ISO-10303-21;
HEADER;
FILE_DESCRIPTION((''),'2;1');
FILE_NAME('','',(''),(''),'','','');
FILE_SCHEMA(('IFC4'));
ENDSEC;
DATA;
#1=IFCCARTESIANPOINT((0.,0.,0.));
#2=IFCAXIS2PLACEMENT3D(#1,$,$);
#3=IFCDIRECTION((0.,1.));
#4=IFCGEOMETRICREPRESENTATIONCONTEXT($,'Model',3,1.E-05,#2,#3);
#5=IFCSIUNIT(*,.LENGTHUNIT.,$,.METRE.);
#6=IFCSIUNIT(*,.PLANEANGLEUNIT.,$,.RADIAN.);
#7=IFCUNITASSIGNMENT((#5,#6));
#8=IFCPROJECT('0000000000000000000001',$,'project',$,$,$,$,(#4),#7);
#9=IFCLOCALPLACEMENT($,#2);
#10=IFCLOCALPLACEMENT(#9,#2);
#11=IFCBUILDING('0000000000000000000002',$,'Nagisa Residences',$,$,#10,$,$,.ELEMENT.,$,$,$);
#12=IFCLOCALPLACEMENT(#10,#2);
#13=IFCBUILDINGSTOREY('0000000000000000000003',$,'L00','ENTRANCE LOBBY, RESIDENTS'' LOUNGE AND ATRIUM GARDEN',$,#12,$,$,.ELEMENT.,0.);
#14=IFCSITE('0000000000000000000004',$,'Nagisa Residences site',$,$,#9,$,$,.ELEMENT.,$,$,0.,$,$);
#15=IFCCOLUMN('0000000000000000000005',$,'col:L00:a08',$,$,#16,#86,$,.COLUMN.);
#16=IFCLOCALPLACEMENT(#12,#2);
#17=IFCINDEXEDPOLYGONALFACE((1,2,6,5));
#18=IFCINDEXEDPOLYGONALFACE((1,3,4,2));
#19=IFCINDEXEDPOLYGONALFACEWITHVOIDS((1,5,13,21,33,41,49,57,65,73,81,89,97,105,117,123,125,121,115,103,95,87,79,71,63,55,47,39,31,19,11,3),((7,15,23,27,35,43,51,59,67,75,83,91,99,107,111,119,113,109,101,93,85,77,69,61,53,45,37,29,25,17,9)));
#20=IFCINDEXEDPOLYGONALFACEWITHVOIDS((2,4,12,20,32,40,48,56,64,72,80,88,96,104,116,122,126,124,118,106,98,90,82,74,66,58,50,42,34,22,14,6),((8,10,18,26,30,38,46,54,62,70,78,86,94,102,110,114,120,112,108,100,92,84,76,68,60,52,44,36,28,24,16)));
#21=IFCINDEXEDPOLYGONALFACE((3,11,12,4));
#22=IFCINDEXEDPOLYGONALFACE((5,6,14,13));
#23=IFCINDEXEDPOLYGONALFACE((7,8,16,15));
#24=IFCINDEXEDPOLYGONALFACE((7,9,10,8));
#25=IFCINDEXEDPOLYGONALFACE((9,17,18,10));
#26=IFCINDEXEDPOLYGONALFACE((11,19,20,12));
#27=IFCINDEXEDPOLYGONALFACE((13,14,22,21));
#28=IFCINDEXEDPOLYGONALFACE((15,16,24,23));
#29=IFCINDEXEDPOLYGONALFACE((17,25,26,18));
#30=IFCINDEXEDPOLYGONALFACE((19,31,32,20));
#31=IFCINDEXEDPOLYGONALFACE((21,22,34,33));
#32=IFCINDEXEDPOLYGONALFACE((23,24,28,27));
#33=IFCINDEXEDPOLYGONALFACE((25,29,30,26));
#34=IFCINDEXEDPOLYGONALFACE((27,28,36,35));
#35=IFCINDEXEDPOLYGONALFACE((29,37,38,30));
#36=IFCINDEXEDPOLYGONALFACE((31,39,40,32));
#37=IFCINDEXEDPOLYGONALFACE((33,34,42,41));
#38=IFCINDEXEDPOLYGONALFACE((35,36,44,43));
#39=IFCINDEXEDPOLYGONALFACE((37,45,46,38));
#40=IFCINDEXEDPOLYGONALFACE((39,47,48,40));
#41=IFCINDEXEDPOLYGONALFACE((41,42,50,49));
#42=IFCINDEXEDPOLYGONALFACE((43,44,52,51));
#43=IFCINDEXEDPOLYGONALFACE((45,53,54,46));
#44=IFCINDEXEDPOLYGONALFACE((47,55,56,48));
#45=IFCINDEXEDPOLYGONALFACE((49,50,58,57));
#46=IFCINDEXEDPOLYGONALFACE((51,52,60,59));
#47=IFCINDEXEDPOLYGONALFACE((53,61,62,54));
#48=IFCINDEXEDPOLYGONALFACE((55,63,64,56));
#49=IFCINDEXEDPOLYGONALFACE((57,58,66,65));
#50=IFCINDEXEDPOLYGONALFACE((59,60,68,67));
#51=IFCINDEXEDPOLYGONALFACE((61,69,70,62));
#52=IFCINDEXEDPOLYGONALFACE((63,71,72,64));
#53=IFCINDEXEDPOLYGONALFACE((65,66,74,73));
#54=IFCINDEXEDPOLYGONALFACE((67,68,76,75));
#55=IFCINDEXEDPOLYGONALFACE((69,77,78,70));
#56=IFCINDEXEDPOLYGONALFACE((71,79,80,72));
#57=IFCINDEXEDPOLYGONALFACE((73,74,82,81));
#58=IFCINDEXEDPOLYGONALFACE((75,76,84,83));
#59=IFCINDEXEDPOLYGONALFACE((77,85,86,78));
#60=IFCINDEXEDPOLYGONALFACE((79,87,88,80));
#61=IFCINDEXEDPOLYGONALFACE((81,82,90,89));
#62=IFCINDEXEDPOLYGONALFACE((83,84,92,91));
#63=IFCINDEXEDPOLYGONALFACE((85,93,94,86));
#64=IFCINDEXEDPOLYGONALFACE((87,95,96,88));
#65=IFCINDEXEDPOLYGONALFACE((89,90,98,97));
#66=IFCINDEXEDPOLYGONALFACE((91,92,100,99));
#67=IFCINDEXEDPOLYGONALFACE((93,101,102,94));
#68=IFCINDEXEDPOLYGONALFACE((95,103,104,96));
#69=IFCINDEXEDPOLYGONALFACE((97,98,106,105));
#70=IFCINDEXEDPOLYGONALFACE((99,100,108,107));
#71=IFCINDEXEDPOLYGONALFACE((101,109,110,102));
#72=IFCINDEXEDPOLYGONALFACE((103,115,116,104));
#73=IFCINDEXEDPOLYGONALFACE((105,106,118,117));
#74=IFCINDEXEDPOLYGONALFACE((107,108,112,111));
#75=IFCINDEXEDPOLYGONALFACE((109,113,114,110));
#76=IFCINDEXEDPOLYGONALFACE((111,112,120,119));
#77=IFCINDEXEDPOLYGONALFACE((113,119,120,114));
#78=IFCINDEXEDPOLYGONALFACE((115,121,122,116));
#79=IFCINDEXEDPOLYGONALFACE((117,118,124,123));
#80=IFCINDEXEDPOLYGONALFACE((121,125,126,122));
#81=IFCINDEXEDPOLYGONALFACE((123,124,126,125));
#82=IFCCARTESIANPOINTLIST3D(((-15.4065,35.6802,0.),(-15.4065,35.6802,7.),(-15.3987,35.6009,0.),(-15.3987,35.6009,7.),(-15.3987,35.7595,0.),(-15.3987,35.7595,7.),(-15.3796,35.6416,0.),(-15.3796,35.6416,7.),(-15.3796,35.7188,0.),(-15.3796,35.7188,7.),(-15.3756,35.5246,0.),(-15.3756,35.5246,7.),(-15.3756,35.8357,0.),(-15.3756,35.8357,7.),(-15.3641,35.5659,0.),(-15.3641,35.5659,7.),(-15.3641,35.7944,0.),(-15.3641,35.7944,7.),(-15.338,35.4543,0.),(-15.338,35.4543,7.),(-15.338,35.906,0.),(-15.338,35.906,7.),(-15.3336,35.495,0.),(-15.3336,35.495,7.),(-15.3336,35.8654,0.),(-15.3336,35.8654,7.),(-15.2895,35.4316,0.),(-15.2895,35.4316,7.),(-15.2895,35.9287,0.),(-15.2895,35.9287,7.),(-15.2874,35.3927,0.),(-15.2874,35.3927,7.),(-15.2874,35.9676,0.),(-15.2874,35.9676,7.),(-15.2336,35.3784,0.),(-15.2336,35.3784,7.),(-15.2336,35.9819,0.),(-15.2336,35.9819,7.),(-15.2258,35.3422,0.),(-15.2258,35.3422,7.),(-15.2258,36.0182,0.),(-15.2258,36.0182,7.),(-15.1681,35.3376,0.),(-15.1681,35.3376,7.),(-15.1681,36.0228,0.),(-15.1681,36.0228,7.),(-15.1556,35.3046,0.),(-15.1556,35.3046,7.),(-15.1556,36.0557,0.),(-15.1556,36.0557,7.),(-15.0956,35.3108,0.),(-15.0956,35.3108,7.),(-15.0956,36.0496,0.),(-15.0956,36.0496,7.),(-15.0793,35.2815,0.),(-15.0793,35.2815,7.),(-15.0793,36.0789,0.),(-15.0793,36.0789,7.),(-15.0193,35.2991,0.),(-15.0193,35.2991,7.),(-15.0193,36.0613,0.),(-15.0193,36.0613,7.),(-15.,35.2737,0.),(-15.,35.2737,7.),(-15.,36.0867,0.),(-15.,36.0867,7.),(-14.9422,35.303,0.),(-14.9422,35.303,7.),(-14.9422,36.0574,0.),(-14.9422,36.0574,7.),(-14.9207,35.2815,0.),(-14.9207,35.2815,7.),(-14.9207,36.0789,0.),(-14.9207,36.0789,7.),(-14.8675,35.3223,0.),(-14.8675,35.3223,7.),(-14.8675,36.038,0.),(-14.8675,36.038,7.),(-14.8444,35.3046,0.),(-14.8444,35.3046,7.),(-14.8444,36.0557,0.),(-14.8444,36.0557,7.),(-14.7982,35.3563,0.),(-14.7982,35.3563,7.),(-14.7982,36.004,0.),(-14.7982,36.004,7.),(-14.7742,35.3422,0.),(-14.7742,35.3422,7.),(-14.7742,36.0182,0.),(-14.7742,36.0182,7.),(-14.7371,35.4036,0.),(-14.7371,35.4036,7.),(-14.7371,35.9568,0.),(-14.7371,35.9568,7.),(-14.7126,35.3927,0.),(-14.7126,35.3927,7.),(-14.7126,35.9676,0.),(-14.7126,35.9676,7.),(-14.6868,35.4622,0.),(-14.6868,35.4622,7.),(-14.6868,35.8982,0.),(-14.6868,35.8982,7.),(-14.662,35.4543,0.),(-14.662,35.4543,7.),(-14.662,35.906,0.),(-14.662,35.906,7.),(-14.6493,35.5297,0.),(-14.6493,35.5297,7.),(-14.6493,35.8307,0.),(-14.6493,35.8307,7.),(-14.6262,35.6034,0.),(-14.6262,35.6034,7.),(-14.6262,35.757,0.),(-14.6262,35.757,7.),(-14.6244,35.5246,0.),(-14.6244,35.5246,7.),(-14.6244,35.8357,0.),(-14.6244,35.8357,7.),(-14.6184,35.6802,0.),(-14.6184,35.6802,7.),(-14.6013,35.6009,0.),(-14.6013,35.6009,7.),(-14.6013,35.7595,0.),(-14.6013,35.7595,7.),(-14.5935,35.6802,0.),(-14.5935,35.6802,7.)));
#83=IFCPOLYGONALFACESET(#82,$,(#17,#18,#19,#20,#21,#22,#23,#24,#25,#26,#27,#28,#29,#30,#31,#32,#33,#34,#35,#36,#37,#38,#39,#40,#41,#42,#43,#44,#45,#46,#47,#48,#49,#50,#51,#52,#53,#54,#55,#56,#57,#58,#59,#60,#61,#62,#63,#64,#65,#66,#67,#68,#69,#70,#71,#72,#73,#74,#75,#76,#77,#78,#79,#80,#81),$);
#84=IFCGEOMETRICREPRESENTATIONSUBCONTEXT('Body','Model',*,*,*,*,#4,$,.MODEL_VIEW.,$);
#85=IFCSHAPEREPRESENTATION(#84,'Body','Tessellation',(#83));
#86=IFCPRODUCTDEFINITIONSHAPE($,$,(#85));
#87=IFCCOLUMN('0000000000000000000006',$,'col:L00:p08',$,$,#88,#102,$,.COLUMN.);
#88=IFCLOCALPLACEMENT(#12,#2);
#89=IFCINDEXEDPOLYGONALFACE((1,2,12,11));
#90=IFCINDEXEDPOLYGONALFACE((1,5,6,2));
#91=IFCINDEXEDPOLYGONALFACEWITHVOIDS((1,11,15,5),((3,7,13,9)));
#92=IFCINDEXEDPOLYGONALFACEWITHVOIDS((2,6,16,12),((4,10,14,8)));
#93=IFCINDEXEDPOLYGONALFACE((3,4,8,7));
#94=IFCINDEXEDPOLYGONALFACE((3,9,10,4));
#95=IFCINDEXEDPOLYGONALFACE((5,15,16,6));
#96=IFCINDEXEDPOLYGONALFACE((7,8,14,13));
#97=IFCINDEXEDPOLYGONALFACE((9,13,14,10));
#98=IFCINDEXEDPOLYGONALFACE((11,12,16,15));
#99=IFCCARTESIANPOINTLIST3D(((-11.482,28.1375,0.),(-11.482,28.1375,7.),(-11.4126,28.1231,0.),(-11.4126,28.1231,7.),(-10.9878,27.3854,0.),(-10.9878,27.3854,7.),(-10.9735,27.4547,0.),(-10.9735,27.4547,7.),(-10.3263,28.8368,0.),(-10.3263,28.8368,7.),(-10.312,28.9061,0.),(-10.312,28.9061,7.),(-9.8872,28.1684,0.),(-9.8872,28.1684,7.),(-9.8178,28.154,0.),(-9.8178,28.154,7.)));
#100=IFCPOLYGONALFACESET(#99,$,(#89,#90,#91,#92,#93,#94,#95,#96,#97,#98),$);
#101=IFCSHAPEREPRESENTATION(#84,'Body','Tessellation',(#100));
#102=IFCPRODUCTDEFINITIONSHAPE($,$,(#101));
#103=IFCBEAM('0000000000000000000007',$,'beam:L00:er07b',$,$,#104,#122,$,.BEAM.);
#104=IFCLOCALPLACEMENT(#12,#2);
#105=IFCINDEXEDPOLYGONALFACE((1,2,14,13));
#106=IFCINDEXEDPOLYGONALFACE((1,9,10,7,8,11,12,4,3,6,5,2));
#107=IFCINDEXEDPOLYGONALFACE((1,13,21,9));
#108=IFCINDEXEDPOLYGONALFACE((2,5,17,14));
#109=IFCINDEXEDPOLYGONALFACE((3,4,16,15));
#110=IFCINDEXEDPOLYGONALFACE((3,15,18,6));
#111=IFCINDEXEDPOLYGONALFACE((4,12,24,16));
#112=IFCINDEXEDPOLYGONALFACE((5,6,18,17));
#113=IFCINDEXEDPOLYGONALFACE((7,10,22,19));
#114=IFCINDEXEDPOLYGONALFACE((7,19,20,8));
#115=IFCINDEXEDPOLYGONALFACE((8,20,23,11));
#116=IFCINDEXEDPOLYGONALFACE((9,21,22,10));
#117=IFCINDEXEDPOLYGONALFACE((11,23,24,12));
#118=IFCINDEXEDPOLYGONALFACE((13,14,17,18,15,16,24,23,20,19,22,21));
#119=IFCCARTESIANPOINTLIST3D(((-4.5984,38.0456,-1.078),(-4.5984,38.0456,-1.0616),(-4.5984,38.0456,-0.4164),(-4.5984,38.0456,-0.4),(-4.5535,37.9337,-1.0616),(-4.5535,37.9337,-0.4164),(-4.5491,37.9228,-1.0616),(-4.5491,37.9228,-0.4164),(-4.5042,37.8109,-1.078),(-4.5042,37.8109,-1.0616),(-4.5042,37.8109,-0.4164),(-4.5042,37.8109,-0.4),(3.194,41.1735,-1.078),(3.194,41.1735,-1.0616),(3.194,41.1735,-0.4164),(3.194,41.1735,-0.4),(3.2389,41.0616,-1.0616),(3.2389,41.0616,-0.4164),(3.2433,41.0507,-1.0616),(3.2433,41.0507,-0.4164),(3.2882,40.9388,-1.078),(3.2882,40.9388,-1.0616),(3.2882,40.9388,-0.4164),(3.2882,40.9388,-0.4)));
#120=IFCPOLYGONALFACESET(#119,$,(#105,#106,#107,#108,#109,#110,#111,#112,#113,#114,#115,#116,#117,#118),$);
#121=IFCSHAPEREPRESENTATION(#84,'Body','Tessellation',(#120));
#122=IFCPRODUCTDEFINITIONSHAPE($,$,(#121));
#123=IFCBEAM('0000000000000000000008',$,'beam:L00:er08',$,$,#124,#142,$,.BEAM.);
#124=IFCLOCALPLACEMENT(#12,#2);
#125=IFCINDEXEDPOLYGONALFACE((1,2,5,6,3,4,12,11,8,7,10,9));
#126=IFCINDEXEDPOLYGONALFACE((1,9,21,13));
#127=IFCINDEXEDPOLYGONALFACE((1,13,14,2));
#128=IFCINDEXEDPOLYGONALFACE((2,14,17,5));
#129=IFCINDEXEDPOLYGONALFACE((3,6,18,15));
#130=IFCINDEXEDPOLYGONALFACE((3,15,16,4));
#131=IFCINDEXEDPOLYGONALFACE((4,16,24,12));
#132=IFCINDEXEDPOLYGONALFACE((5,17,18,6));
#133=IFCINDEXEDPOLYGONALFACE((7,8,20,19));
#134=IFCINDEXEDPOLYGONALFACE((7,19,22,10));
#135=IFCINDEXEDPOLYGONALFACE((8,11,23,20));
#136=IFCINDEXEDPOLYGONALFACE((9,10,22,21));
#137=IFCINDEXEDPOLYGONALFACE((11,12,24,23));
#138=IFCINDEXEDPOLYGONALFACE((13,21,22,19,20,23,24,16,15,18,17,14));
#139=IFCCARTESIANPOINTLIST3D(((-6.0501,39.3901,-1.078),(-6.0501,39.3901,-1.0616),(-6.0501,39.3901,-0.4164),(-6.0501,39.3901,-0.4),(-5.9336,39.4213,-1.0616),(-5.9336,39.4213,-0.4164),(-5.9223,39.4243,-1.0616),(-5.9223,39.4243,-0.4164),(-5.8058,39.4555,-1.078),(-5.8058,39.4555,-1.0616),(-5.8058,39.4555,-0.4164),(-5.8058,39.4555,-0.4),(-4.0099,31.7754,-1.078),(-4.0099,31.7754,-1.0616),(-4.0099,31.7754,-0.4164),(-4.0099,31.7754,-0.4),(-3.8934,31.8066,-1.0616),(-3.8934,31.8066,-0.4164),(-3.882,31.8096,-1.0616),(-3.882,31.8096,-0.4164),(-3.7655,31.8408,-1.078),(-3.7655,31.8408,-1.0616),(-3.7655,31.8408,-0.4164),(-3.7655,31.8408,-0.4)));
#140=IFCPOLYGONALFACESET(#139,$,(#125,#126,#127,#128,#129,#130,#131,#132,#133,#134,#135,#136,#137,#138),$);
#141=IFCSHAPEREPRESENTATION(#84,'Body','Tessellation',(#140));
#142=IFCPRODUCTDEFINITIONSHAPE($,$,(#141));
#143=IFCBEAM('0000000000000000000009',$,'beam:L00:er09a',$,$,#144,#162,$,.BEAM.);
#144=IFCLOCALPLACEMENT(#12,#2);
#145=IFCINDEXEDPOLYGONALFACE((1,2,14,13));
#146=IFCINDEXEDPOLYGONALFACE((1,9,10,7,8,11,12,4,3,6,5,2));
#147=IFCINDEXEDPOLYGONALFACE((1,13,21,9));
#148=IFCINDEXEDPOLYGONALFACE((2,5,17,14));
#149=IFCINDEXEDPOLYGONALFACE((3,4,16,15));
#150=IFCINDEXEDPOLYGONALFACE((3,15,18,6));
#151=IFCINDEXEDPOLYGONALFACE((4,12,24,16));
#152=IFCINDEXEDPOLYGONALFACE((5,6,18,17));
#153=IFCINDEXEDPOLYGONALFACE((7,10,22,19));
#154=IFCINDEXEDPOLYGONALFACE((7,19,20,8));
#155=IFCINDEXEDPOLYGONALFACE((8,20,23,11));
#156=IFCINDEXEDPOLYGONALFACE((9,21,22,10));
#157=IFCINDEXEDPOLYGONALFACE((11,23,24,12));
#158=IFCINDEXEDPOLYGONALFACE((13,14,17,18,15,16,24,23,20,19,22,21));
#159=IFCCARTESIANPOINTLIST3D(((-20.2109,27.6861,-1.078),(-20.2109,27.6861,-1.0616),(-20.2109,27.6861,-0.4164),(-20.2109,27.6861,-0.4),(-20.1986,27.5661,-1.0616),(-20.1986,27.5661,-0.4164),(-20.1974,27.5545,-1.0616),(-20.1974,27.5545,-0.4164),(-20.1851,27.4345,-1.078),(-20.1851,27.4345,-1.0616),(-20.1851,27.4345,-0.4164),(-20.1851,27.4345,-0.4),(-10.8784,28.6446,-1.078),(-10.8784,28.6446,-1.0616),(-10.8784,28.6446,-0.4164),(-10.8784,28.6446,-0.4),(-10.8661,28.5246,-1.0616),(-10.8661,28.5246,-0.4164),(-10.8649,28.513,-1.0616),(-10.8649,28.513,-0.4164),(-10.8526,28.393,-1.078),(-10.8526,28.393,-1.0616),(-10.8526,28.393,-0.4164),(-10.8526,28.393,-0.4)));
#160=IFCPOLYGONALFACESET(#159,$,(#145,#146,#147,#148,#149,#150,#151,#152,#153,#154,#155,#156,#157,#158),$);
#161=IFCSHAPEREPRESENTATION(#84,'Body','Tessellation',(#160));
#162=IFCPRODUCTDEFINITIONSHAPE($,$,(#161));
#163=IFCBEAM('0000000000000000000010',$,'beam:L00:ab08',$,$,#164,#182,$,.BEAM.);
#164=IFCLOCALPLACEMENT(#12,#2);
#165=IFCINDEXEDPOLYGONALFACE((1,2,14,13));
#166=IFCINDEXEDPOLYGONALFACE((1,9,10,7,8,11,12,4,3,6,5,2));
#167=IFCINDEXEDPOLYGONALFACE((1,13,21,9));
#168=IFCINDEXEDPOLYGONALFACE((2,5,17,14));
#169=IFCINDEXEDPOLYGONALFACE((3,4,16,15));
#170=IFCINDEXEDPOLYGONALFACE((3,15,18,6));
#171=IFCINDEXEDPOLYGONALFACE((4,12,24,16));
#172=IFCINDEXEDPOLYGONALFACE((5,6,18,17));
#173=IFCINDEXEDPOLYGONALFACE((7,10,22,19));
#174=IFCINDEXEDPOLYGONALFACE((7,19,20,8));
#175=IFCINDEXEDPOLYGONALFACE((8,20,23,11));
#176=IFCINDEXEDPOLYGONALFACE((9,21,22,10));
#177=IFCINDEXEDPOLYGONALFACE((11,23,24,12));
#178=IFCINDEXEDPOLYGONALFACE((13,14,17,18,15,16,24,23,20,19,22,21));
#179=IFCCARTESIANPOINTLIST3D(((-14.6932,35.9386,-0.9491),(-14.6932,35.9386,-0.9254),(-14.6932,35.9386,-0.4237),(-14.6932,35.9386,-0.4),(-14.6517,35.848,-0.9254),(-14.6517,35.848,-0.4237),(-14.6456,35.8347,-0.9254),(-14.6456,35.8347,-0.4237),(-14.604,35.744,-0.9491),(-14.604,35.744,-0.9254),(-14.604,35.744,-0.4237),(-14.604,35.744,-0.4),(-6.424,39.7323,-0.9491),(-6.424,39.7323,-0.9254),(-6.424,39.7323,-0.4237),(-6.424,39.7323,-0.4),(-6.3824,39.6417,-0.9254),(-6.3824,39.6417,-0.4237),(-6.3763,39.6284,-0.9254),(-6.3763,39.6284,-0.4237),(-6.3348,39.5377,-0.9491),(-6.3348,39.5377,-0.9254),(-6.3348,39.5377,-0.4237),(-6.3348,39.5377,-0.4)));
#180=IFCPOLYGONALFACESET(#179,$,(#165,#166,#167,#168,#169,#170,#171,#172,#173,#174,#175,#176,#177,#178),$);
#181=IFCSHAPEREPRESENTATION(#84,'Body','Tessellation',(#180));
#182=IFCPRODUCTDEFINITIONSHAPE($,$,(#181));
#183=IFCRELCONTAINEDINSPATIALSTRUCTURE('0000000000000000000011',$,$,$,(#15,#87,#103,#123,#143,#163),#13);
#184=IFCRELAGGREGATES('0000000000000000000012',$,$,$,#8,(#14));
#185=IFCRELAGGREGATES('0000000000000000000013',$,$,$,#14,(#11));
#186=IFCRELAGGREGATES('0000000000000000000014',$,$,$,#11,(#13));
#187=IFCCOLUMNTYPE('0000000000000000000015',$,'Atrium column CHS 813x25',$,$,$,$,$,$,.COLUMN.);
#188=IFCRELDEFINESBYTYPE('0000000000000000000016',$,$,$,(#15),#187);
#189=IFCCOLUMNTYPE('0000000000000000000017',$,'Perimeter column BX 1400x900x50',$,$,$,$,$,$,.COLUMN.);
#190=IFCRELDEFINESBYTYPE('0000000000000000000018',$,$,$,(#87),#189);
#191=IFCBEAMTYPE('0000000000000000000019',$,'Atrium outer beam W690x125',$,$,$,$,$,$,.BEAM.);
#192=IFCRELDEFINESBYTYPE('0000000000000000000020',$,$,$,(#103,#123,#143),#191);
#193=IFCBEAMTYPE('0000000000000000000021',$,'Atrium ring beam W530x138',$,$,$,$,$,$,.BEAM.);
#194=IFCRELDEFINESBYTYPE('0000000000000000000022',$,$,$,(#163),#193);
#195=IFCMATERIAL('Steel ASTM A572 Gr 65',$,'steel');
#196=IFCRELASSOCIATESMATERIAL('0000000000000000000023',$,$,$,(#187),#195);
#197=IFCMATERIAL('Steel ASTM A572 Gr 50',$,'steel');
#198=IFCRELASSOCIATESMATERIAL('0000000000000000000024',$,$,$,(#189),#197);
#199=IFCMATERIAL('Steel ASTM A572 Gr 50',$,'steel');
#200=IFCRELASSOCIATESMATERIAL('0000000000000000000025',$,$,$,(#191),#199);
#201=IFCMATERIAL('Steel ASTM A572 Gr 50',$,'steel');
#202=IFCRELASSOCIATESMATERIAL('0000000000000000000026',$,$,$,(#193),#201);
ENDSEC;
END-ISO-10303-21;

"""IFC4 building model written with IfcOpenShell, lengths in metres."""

from ifc_helpers import new_model, si_unit, direction, frame, origin, origin_2d, place, context, subcontext, project, spatial, hollow_rectangle, hollow_circle, i_section, extrude, material, material_profile, profile_set, type_object, element, save


model = new_model("IFC4")

# Units and contexts
model_context = context("Model", 3, precision=1e-05, world=origin(), true_north=direction((0.0, 1.0)))
body_context = subcontext(model_context, "Body", "Model", "MODEL_VIEW")
ifc_project = project(units=[si_unit("LENGTHUNIT", "METRE"), si_unit("PLANEANGLEUNIT", "RADIAN")], contexts=[model_context])

# Site, building, storey
site_placement = place(None, origin())
site = spatial("IfcSite", under=ifc_project, at=site_placement, Name="Nagisa Residences site", CompositionType="ELEMENT", RefElevation=0.0)
building_placement = place(site_placement, origin())
building = spatial("IfcBuilding", under=site, at=building_placement, Name="Nagisa Residences", CompositionType="ELEMENT")
storey_placement = place(building_placement, origin())
storey = spatial("IfcBuildingStorey", under=building, at=storey_placement, Name="L00", Description="ENTRANCE LOBBY, RESIDENTS' LOUNGE AND ATRIUM GARDEN", CompositionType="ELEMENT", Elevation=0.0)

# Columns
ifc_material_1 = material(Name="Steel ASTM A572 Gr 65", Category="steel")
ifc_material_profile_1 = material_profile(ifc_material_1, hollow_circle(Radius=0.4065, WallThickness=0.0249, at=origin_2d()), Name="CHS 813x25")
ifc_profile_set_1 = profile_set([ifc_material_profile_1], Name="Steel ASTM A572 Gr 65")
column_type_1 = type_object("IfcColumnType", Name="Atrium column CHS 813x25", PredefinedType="COLUMN", material=ifc_profile_set_1)
column_1_placement = place(storey_placement, frame((-15.0, 35.6802, 0.0), z_axis=(0.0, 0.0, 1.0), x_axis=(1.0, 0.0, 0.0)))
element("IfcColumn", 1, at=column_1_placement, inside=storey, type_object=column_type_1, Name="col:L00:a08", PredefinedType="COLUMN", context=body_context, shape_type="SweptSolid", body=[
    extrude(hollow_circle(Radius=0.4065, WallThickness=0.0249, at=origin_2d()), origin(), (0.0, 0.0, 1.0), 7.0),
])
ifc_material_2 = material(Name="Steel ASTM A572 Gr 50", Category="steel")
ifc_material_profile_2 = material_profile(ifc_material_2, hollow_rectangle(XDim=1.3999, YDim=0.8999, WallThickness=0.05, at=origin_2d()), Name="BX 1400x900x50")
ifc_profile_set_2 = profile_set([ifc_material_profile_2], Name="Steel ASTM A572 Gr 50")
column_type_2 = type_object("IfcColumnType", Name="Perimeter column BX 1400x900x50", PredefinedType="COLUMN", material=ifc_profile_set_2)
column_2_placement = place(storey_placement, frame((-10.6499, 28.1458, 0.0), z_axis=(0.0, 0.0, 1.0), x_axis=(-0.835766, -0.549086, 0.0)))
element("IfcColumn", 2, at=column_2_placement, inside=storey, type_object=column_type_2, Name="col:L00:p08", PredefinedType="COLUMN", context=body_context, shape_type="SweptSolid", body=[
    extrude(hollow_rectangle(XDim=1.3999, YDim=0.8999, WallThickness=0.05, at=origin_2d()), origin(), (0.0, 0.0, 1.0), 7.0),
])

# Beams
ifc_material_3 = material(Name="Steel ASTM A572 Gr 50", Category="steel")
ifc_material_profile_3 = material_profile(ifc_material_3, i_section(OverallWidth=0.2529, OverallDepth=0.678, WebThickness=0.0117, FlangeThickness=0.0164, at=origin_2d()), Name="W690x125")
ifc_profile_set_3 = profile_set([ifc_material_profile_3], Name="Steel ASTM A572 Gr 50")
beam_type_1 = type_object("IfcBeamType", Name="Atrium outer beam W690x125", PredefinedType="BEAM", material=ifc_profile_set_3)
beam_1_placement = place(storey_placement, frame((-4.5513, 37.9282, -0.739), z_axis=(0.928027, 0.372513, 0.0), x_axis=(-0.372513, 0.928027, 0.0)))
element("IfcBeam", 3, at=beam_1_placement, inside=storey, type_object=beam_type_1, Name="beam:L00:er07b", PredefinedType="BEAM", context=body_context, shape_type="SweptSolid", body=[
    extrude(i_section(OverallWidth=0.2529, OverallDepth=0.678, WebThickness=0.0117, FlangeThickness=0.0164, at=origin_2d()), origin(), (0.0, 0.0, 1.0), 8.3967),
])
beam_2_placement = place(storey_placement, frame((-3.8877, 31.8081, -0.739), z_axis=(-0.258809, 0.965928, 0.0), x_axis=(-0.965928, -0.258809, 0.0)))
element("IfcBeam", 4, at=beam_2_placement, inside=storey, type_object=beam_type_1, Name="beam:L00:er08", PredefinedType="BEAM", context=body_context, shape_type="SweptSolid", body=[
    extrude(i_section(OverallWidth=0.2529, OverallDepth=0.678, WebThickness=0.0117, FlangeThickness=0.0164, at=origin_2d()), origin(), (0.0, 0.0, 1.0), 7.8833),
])
beam_3_placement = place(storey_placement, frame((-10.8655, 28.5188, -0.739), z_axis=(-0.994767, -0.102168, 0.0), x_axis=(0.102168, -0.994767, 0.0)))
element("IfcBeam", 5, at=beam_3_placement, inside=storey, type_object=beam_type_1, Name="beam:L00:er09a", PredefinedType="BEAM", context=body_context, shape_type="SweptSolid", body=[
    extrude(i_section(OverallWidth=0.2529, OverallDepth=0.678, WebThickness=0.0117, FlangeThickness=0.0164, at=origin_2d()), origin(), (0.0, 0.0, 1.0), 9.3816),
])
ifc_material_4 = material(Name="Steel ASTM A572 Gr 50", Category="steel")
ifc_material_profile_4 = material_profile(ifc_material_4, i_section(OverallWidth=0.2141, OverallDepth=0.5491, WebThickness=0.0146, FlangeThickness=0.0237, at=origin_2d()), Name="W530x138")
ifc_profile_set_4 = profile_set([ifc_material_profile_4], Name="Steel ASTM A572 Gr 50")
beam_type_2 = type_object("IfcBeamType", Name="Atrium ring beam W530x138", PredefinedType="BEAM", material=ifc_profile_set_4)
beam_4_placement = place(storey_placement, frame((-6.3794, 39.635, -0.6746), z_axis=(-0.908914, -0.416983, 0.0), x_axis=(0.416983, -0.908914, 0.0)))
element("IfcBeam", 6, at=beam_4_placement, inside=storey, type_object=beam_type_2, Name="beam:L00:ab08", PredefinedType="BEAM", context=body_context, shape_type="SweptSolid", body=[
    extrude(i_section(OverallWidth=0.2141, OverallDepth=0.5491, WebThickness=0.0146, FlangeThickness=0.0237, at=origin_2d()), origin(), (0.0, 0.0, 1.0), 9.0979),
])

save(model, "model.ifc")
